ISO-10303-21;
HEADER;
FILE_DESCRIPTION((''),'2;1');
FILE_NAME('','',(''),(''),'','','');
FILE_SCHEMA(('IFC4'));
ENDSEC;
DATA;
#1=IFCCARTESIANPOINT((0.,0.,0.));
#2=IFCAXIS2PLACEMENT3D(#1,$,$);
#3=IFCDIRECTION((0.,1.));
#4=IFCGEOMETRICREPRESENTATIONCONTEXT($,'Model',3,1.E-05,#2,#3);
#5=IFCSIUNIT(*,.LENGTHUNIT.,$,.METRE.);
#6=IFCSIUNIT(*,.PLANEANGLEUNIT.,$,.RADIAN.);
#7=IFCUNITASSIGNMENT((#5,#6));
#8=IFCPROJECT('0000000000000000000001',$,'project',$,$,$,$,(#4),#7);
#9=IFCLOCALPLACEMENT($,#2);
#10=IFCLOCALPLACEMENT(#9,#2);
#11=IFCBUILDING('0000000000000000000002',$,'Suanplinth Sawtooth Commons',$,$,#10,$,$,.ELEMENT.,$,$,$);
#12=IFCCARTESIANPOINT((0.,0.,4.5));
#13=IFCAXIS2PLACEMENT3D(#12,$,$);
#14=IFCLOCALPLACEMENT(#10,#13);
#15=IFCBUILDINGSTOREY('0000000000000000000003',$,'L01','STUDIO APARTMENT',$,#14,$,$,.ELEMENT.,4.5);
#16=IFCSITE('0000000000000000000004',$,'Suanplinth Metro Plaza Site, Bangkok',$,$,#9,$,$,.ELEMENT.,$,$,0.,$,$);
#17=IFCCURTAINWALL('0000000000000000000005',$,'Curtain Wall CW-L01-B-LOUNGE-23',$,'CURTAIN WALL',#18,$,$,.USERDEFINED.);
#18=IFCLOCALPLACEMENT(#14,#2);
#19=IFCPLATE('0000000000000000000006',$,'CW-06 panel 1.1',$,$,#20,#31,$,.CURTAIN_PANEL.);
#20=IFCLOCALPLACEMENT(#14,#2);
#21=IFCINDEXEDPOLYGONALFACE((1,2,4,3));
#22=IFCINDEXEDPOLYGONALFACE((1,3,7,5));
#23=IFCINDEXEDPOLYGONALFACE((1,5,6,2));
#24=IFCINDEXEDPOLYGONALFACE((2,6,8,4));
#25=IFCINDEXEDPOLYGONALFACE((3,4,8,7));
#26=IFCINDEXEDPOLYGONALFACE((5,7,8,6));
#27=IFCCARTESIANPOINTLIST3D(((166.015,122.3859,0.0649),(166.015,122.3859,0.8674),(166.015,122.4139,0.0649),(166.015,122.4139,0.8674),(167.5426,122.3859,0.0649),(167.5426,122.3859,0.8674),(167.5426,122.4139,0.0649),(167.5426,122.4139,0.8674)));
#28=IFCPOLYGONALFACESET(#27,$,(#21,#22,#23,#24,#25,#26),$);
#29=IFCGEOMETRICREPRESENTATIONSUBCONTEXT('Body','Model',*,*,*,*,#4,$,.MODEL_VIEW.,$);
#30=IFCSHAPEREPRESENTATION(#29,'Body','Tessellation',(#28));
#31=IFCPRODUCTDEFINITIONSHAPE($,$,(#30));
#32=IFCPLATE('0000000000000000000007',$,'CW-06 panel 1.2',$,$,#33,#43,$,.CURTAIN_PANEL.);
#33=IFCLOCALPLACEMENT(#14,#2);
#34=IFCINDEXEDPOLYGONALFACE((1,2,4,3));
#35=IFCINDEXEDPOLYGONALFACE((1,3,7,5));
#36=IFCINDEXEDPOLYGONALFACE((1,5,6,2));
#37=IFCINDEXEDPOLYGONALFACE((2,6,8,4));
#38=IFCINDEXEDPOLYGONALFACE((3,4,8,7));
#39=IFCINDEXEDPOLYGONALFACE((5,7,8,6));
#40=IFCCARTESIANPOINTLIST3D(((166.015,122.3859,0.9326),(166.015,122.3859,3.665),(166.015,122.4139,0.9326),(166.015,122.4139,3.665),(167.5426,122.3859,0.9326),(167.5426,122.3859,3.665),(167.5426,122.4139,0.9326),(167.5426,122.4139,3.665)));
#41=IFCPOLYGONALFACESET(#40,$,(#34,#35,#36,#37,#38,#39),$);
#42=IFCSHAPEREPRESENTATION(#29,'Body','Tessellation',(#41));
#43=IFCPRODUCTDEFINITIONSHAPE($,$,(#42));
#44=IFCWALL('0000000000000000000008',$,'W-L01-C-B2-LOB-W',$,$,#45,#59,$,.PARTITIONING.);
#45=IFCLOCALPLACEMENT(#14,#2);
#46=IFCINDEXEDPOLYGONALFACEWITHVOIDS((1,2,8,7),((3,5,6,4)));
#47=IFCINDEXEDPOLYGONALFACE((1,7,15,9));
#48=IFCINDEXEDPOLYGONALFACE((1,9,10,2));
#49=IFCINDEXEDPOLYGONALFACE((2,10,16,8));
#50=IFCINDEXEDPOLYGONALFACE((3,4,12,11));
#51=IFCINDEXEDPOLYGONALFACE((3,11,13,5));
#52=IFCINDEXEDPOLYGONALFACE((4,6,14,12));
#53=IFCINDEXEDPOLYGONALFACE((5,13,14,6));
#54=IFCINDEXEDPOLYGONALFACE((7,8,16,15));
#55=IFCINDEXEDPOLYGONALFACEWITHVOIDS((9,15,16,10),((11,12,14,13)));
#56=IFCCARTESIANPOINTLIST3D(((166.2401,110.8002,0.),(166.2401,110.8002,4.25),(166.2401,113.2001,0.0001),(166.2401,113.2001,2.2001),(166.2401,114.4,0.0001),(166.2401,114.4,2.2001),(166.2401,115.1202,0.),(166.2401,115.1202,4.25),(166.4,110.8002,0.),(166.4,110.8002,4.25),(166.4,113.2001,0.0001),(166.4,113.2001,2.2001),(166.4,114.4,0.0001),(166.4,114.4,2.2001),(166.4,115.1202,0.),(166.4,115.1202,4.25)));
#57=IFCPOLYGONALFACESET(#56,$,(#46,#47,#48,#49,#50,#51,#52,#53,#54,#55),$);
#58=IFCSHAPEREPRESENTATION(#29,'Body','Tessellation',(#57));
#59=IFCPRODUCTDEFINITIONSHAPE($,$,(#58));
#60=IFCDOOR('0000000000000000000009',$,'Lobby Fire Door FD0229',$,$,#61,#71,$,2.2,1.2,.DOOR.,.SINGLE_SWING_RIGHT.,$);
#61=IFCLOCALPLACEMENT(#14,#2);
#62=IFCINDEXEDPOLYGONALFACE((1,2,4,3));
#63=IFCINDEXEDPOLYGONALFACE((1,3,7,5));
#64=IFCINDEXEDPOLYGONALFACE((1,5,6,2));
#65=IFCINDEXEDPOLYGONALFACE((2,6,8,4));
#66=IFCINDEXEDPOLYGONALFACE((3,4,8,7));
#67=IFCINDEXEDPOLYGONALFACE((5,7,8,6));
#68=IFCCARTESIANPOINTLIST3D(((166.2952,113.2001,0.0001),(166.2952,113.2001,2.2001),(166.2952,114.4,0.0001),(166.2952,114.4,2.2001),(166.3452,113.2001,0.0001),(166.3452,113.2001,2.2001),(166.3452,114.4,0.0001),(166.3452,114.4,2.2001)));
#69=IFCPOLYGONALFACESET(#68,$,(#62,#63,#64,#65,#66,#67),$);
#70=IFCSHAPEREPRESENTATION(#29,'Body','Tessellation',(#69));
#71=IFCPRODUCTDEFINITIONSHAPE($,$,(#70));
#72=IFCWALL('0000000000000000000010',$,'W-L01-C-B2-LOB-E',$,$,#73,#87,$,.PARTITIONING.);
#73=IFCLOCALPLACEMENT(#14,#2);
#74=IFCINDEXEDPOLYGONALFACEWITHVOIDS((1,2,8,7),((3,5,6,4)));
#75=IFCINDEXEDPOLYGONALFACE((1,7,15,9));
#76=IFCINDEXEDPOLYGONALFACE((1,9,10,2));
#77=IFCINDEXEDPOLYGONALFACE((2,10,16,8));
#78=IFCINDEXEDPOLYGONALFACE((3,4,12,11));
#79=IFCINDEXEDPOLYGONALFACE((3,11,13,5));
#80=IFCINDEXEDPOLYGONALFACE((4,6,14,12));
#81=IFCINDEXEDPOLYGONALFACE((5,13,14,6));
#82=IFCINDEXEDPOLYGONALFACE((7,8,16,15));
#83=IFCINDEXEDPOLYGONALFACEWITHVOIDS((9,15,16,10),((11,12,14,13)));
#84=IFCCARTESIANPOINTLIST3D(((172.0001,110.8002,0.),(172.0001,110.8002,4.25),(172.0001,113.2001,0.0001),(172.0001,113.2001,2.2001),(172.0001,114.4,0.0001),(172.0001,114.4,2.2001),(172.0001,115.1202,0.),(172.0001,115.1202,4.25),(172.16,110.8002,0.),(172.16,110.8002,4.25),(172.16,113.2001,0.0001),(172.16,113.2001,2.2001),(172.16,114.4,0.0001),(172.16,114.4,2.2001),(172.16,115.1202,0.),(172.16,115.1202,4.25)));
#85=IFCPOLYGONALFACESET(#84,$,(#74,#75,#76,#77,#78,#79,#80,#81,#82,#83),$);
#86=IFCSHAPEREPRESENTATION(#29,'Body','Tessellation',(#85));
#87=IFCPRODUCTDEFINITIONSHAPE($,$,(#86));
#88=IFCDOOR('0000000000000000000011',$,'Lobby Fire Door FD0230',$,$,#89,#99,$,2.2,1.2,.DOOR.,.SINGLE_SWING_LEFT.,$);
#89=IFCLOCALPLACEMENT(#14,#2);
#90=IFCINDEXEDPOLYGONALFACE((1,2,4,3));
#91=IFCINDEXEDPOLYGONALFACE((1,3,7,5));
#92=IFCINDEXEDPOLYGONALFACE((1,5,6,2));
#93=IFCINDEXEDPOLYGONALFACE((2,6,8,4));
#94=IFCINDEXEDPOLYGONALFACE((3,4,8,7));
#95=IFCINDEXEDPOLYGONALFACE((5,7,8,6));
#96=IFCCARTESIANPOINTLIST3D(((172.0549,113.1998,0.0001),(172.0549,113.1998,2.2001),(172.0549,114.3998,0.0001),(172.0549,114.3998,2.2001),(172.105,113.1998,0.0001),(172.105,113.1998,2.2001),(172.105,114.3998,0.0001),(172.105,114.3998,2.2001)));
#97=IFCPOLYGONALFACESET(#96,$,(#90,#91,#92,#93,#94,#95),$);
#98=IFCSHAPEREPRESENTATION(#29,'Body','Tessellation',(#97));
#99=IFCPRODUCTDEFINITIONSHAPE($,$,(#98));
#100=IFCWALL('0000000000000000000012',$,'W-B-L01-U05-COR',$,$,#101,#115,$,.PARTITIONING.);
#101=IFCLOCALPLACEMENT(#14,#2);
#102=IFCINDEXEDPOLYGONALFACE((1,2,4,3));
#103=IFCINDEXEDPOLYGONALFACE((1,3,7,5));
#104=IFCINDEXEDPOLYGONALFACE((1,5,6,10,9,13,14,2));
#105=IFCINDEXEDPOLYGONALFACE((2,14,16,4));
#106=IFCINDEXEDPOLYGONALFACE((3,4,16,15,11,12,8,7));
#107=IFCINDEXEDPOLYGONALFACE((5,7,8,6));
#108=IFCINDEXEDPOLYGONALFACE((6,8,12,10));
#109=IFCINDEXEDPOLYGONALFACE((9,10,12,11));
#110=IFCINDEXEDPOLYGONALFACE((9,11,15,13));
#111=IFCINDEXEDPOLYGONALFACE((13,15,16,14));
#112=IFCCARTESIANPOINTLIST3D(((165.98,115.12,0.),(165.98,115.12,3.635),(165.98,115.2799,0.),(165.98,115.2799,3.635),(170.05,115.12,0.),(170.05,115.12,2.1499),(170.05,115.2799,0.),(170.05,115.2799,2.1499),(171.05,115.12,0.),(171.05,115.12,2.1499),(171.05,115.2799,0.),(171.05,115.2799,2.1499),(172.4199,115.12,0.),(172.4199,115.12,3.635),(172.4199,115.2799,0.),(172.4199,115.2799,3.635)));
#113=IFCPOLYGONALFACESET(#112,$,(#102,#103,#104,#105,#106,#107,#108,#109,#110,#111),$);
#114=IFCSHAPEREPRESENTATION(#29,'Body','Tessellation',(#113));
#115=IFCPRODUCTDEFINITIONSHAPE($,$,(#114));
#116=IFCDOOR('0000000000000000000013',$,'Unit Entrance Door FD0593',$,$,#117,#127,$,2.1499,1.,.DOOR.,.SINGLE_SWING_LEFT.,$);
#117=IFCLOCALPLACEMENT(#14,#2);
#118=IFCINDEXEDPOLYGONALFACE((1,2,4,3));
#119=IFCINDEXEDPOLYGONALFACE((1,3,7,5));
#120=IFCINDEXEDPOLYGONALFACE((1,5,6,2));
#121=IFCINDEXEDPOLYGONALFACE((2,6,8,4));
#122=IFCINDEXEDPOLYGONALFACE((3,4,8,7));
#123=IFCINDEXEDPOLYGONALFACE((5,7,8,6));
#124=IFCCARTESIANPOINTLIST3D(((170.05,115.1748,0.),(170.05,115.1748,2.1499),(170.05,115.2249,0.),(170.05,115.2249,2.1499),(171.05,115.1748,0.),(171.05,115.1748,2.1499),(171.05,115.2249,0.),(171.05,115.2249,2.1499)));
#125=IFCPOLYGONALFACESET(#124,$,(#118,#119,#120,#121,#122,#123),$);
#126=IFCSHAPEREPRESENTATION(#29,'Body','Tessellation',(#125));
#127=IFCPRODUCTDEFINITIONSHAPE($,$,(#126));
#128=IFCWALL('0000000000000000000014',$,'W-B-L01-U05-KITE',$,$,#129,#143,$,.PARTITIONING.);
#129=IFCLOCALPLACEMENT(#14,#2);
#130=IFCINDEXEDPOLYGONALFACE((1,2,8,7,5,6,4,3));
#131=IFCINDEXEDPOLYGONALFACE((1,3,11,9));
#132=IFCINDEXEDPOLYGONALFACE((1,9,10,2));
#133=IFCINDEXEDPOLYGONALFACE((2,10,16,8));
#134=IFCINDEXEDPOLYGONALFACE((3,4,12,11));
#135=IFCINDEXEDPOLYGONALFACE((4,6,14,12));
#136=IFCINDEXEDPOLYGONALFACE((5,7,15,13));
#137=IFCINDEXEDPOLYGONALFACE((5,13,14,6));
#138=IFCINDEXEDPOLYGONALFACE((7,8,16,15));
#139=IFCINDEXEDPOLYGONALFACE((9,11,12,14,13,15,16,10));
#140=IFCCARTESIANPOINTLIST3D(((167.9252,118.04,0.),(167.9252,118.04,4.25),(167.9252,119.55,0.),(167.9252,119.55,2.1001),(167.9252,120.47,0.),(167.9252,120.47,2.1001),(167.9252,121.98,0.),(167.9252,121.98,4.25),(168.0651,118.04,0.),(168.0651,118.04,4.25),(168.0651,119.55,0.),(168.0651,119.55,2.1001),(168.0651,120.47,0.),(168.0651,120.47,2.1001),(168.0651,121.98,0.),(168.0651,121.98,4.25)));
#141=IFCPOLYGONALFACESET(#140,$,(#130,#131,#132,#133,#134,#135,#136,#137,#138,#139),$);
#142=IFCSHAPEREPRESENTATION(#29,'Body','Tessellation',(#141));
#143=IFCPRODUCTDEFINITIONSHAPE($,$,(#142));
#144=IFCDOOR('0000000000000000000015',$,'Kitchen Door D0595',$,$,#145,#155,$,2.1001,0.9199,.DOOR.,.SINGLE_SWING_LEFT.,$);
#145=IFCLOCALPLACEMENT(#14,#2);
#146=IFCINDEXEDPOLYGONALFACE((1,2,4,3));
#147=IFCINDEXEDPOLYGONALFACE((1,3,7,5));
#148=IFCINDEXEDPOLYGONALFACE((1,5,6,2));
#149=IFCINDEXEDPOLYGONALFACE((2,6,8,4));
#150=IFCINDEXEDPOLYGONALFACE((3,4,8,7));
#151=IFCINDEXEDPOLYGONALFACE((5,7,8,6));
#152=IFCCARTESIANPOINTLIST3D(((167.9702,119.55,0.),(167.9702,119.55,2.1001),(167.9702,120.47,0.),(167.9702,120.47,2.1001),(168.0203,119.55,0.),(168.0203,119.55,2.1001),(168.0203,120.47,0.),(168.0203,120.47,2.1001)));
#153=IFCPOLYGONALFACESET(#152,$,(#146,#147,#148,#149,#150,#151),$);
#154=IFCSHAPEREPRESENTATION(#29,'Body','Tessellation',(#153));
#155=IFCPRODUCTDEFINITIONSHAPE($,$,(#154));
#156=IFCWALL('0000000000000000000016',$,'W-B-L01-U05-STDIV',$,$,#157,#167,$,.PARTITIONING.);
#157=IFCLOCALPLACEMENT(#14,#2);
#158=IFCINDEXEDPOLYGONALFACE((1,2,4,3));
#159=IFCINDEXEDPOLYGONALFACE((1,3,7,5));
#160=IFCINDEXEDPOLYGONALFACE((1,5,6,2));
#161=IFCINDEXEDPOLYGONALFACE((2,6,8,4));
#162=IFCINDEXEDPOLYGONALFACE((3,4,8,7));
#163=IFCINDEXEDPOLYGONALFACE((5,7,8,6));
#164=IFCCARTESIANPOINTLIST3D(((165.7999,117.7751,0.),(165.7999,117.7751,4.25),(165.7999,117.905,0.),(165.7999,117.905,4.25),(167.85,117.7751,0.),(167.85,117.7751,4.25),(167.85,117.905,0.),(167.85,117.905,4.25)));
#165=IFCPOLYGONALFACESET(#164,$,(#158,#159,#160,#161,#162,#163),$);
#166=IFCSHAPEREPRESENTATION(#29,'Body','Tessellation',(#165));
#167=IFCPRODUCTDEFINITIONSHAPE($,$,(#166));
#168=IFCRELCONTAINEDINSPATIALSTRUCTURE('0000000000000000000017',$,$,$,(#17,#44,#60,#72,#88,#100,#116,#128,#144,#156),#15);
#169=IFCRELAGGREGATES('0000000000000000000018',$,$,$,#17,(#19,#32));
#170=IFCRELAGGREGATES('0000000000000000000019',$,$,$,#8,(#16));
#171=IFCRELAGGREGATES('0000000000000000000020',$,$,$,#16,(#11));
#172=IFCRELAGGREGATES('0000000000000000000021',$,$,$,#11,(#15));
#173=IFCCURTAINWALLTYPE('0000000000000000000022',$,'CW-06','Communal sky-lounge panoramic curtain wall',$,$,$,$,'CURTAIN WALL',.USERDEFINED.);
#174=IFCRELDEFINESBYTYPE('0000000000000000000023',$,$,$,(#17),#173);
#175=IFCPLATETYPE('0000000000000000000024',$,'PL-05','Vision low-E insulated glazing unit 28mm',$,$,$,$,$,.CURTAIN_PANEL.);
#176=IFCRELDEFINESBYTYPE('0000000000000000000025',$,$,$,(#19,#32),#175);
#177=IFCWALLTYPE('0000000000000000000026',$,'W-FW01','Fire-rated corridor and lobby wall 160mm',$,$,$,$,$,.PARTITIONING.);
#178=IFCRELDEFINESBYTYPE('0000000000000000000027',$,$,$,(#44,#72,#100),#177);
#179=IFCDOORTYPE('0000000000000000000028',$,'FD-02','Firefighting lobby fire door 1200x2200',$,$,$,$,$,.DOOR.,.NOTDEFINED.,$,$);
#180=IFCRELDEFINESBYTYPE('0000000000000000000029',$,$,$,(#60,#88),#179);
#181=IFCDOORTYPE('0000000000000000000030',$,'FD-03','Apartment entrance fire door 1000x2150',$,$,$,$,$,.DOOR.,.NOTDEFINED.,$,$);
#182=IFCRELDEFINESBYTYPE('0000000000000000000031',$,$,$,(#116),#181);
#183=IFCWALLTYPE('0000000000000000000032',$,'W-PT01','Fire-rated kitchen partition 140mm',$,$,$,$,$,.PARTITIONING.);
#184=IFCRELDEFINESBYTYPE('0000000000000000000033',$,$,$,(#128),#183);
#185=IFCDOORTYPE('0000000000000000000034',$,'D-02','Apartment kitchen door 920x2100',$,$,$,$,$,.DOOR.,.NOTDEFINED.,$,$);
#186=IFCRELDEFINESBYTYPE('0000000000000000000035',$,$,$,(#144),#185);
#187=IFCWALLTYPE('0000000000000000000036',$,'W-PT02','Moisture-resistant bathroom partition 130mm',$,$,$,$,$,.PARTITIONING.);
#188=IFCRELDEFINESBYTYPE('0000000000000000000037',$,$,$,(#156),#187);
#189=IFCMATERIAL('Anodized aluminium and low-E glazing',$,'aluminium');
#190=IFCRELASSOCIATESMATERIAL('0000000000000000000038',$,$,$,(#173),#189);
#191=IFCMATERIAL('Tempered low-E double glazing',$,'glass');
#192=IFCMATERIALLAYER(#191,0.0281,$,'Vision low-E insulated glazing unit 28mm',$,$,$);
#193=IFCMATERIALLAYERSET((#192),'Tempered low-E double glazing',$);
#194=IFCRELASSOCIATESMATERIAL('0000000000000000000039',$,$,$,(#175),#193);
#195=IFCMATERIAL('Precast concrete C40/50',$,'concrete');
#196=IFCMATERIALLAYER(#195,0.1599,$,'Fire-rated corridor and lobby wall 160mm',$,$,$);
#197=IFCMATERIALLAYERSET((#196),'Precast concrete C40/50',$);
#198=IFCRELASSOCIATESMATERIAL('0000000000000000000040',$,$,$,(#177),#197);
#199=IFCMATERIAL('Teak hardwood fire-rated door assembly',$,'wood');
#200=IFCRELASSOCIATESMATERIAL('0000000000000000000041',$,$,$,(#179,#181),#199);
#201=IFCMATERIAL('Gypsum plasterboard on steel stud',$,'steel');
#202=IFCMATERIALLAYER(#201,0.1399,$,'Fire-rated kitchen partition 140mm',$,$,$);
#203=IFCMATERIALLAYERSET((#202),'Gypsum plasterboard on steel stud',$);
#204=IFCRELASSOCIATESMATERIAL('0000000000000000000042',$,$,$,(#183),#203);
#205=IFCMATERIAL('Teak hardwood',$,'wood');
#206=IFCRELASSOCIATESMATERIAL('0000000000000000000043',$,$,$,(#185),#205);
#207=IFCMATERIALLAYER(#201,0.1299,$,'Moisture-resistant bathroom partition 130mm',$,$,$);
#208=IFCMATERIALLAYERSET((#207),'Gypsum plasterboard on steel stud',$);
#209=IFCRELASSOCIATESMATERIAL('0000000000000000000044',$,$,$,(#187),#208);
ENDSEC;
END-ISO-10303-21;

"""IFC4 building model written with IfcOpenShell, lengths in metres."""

from ifc_helpers import new_model, si_unit, direction, frame, frame_2d, origin, origin_2d, place, context, subcontext, project, spatial, rectangle, extrude, material, layer, layer_set, type_object, element, fill, aggregate, save


model = new_model("IFC4")

# Units and contexts
model_context = context("Model", 3, precision=1e-05, world=origin(), true_north=direction((0.0, 1.0)))
body_context = subcontext(model_context, "Body", "Model", "MODEL_VIEW")
ifc_project = project(units=[si_unit("LENGTHUNIT", "METRE"), si_unit("PLANEANGLEUNIT", "RADIAN")], contexts=[model_context])

# Site, building, storey
site_placement = place(None, origin())
site = spatial("IfcSite", under=ifc_project, at=site_placement, Name="Suanplinth Metro Plaza Site, Bangkok", CompositionType="ELEMENT", RefElevation=0.0)
building_placement = place(site_placement, origin())
building = spatial("IfcBuilding", under=site, at=building_placement, Name="Suanplinth Sawtooth Commons", CompositionType="ELEMENT")
storey_placement = place(building_placement, frame((0.0, 0.0, 4.5)))
storey = spatial("IfcBuildingStorey", under=building, at=storey_placement, Name="L01", Description="STUDIO APARTMENT", CompositionType="ELEMENT", Elevation=4.5)

# Shared definitions
ifc_material_1 = material(Name="Precast concrete C40/50", Category="concrete")

# Curtain wall, plates
ifc_material_2 = material(Name="Anodized aluminium and low-E glazing", Category="aluminium")
curtain_wall_type = type_object("IfcCurtainWallType", Name="CW-06", Description="Communal sky-lounge panoramic curtain wall", ElementType="CURTAIN WALL", PredefinedType="USERDEFINED", material=ifc_material_2)
curtain_wall_placement = place(storey_placement, origin())
curtain_wall = element("IfcCurtainWall", 1, at=curtain_wall_placement, inside=storey, type_object=curtain_wall_type, Name="Curtain Wall CW-L01-B-LOUNGE-23", ObjectType="CURTAIN WALL", PredefinedType="USERDEFINED")
ifc_material_3 = material(Name="Tempered low-E double glazing", Category="glass")
ifc_layer_1 = layer(ifc_material_3, 0.0281, Name="Vision low-E insulated glazing unit 28mm")
ifc_layer_set_1 = layer_set([ifc_layer_1], Name="Tempered low-E double glazing")
plate_type = type_object("IfcPlateType", Name="PL-05", Description="Vision low-E insulated glazing unit 28mm", PredefinedType="CURTAIN_PANEL", material=ifc_layer_set_1)
plate_1_placement = place(storey_placement, frame((166.7788, 122.3999, 0.0649), z_axis=(0.0, 0.0, 1.0), x_axis=(1.0, 0.0, 0.0)))
plate_1 = element("IfcPlate", 2, at=plate_1_placement, type_object=plate_type, Name="CW-06 panel 1.1", PredefinedType="CURTAIN_PANEL", context=body_context, shape_type="SweptSolid", body=[
    extrude(rectangle(XDim=1.5276, YDim=0.0281, at=origin_2d()), origin(), (0.0, 0.0, 1.0), 0.8025),
])
plate_2_placement = place(storey_placement, frame((166.7788, 122.3999, 0.9326), z_axis=(0.0, 0.0, 1.0), x_axis=(1.0, 0.0, 0.0)))
plate_2 = element("IfcPlate", 3, at=plate_2_placement, type_object=plate_type, Name="CW-06 panel 1.2", PredefinedType="CURTAIN_PANEL", context=body_context, shape_type="SweptSolid", body=[
    extrude(rectangle(XDim=1.5276, YDim=0.0281, at=origin_2d()), origin(), (0.0, 0.0, 1.0), 2.7324),
])
aggregate(curtain_wall, [plate_1, plate_2])

# Walls, openings, doors
ifc_layer_2 = layer(ifc_material_1, 0.1599, Name="Fire-rated corridor and lobby wall 160mm")
ifc_layer_set_2 = layer_set([ifc_layer_2], Name="Precast concrete C40/50")
wall_type_1 = type_object("IfcWallType", Name="W-FW01", Description="Fire-rated corridor and lobby wall 160mm", PredefinedType="PARTITIONING", material=ifc_layer_set_2)
wall_1_placement = place(storey_placement, frame((166.3201, 110.8, 0.0), z_axis=(0.0, 0.0, 1.0), x_axis=(0.0, 1.0, 0.0)))
wall_1 = element("IfcWall", 4, at=wall_1_placement, inside=storey, type_object=wall_type_1, Name="W-L01-C-B2-LOB-W", PredefinedType="PARTITIONING", context=body_context, shape_type="SweptSolid", body=[
    extrude(rectangle(XDim=4.3201, YDim=0.1599, at=frame_2d((2.1602, 0.0))), origin(), (0.0, 0.0, 1.0), 4.25),
])
opening_1_placement = place(wall_1_placement, frame((2.3999, 0.0, 0.0)))
opening_1 = element("IfcOpeningElement", 5, at=opening_1_placement, cuts=wall_1, PredefinedType="OPENING", context=body_context, shape_type="SweptSolid", body=[
    extrude(rectangle(XDim=1.2, YDim=2.2, at=frame_2d((0.6001, 1.1001))), frame((0.0, 0.0947, 0.0), z_axis=(0.0, -1.0, 0.0), x_axis=(1.0, 0.0, 0.0)), (0.0, 0.0, 1.0), 0.1897),
])
ifc_material_4 = material(Name="Teak hardwood fire-rated door assembly", Category="wood")
door_type_1 = type_object("IfcDoorType", Name="FD-02", Description="Firefighting lobby fire door 1200x2200", OperationType="NOTDEFINED", PredefinedType="DOOR", material=ifc_material_4)
door_1_placement = place(opening_1_placement, origin())
door_1 = element("IfcDoor", 6, at=door_1_placement, inside=storey, type_object=door_type_1, Name="Lobby Fire Door FD0229", OperationType="SINGLE_SWING_RIGHT", OverallHeight=2.2, OverallWidth=1.2, PredefinedType="DOOR", context=body_context, shape_type="SweptSolid", body=[
    extrude(rectangle(XDim=1.2, YDim=2.2, at=frame_2d((0.6001, 1.1001))), frame((0.0, 0.0249, 0.0), z_axis=(0.0, -1.0, 0.0), x_axis=(1.0, 0.0, 0.0)), (0.0, 0.0, 1.0), 0.05),
])
fill(opening_1, door_1)
wall_2_placement = place(storey_placement, frame((172.0801, 110.8, 0.0), z_axis=(0.0, 0.0, 1.0), x_axis=(0.0, 1.0, 0.0)))
wall_2 = element("IfcWall", 7, at=wall_2_placement, inside=storey, type_object=wall_type_1, Name="W-L01-C-B2-LOB-E", PredefinedType="PARTITIONING", context=body_context, shape_type="SweptSolid", body=[
    extrude(rectangle(XDim=4.3201, YDim=0.1599, at=frame_2d((2.1602, 0.0))), origin(), (0.0, 0.0, 1.0), 4.25),
])
opening_2_placement = place(wall_2_placement, frame((2.3999, 0.0, 0.0)))
opening_2 = element("IfcOpeningElement", 8, at=opening_2_placement, cuts=wall_2, PredefinedType="OPENING", context=body_context, shape_type="SweptSolid", body=[
    extrude(rectangle(XDim=1.2, YDim=2.2, at=frame_2d((0.6001, 1.1001))), frame((0.0, 0.0947, 0.0), z_axis=(0.0, -1.0, 0.0), x_axis=(1.0, 0.0, 0.0)), (0.0, 0.0, 1.0), 0.1897),
])
door_2_placement = place(opening_2_placement, frame((1.2, 0.0, 0.0), z_axis=(0.0, 0.0, 1.0), x_axis=(-1.0, 0.0, 0.0)))
door_2 = element("IfcDoor", 9, at=door_2_placement, inside=storey, type_object=door_type_1, Name="Lobby Fire Door FD0230", OperationType="SINGLE_SWING_LEFT", OverallHeight=2.2, OverallWidth=1.2, PredefinedType="DOOR", context=body_context, shape_type="SweptSolid", body=[
    extrude(rectangle(XDim=1.2, YDim=2.2, at=frame_2d((0.6001, 1.1001))), frame((0.0, 0.0249, 0.0), z_axis=(0.0, -1.0, 0.0), x_axis=(1.0, 0.0, 0.0)), (0.0, 0.0, 1.0), 0.05),
])
fill(opening_2, door_2)
wall_3_placement = place(storey_placement, frame((165.98, 115.2, 0.0), z_axis=(0.0, 0.0, 1.0), x_axis=(1.0, 0.0, 0.0)))
wall_3 = element("IfcWall", 10, at=wall_3_placement, inside=storey, type_object=wall_type_1, Name="W-B-L01-U05-COR", PredefinedType="PARTITIONING", context=body_context, shape_type="SweptSolid", body=[
    extrude(rectangle(XDim=6.4399, YDim=0.1599, at=frame_2d((3.22, 0.0))), origin(), (0.0, 0.0, 1.0), 3.635),
])
opening_3_placement = place(wall_3_placement, frame((4.0701, 0.0, 0.0)))
opening_3 = element("IfcOpeningElement", 11, at=opening_3_placement, cuts=wall_3, PredefinedType="OPENING", context=body_context, shape_type="SweptSolid", body=[
    extrude(rectangle(XDim=1.0, YDim=2.1499, at=frame_2d((0.5, 1.075))), frame((0.0, 0.0947, 0.0), z_axis=(0.0, -1.0, 0.0), x_axis=(1.0, 0.0, 0.0)), (0.0, 0.0, 1.0), 0.1897),
])
door_type_2 = type_object("IfcDoorType", Name="FD-03", Description="Apartment entrance fire door 1000x2150", OperationType="NOTDEFINED", PredefinedType="DOOR", material=ifc_material_4)
door_3_placement = place(opening_3_placement, origin())
door_3 = element("IfcDoor", 12, at=door_3_placement, inside=storey, type_object=door_type_2, Name="Unit Entrance Door FD0593", OperationType="SINGLE_SWING_LEFT", OverallHeight=2.1499, OverallWidth=1.0, PredefinedType="DOOR", context=body_context, shape_type="SweptSolid", body=[
    extrude(rectangle(XDim=1.0, YDim=2.1499, at=frame_2d((0.5, 1.075))), frame((0.0, 0.0249, 0.0), z_axis=(0.0, -1.0, 0.0), x_axis=(1.0, 0.0, 0.0)), (0.0, 0.0, 1.0), 0.05),
])
fill(opening_3, door_3)
ifc_material_5 = material(Name="Gypsum plasterboard on steel stud", Category="steel")
ifc_layer_3 = layer(ifc_material_5, 0.1399, Name="Fire-rated kitchen partition 140mm")
ifc_layer_set_3 = layer_set([ifc_layer_3], Name="Gypsum plasterboard on steel stud")
wall_type_2 = type_object("IfcWallType", Name="W-PT01", Description="Fire-rated kitchen partition 140mm", PredefinedType="PARTITIONING", material=ifc_layer_set_3)
wall_4_placement = place(storey_placement, frame((167.9951, 118.04, 0.0), z_axis=(0.0, 0.0, 1.0), x_axis=(0.0, 1.0, 0.0)))
wall_4 = element("IfcWall", 13, at=wall_4_placement, inside=storey, type_object=wall_type_2, Name="W-B-L01-U05-KITE", PredefinedType="PARTITIONING", context=body_context, shape_type="SweptSolid", body=[
    extrude(rectangle(XDim=3.9399, YDim=0.1399, at=frame_2d((1.97, 0.0))), origin(), (0.0, 0.0, 1.0), 4.25),
])
opening_4_placement = place(wall_4_placement, frame((1.51, 0.0, 0.0)))
opening_4 = element("IfcOpeningElement", 14, at=opening_4_placement, cuts=wall_4, PredefinedType="OPENING", context=body_context, shape_type="SweptSolid", body=[
    extrude(rectangle(XDim=0.9199, YDim=2.1001, at=frame_2d((0.46, 1.05))), frame((0.0, 0.085, 0.0), z_axis=(0.0, -1.0, 0.0), x_axis=(1.0, 0.0, 0.0)), (0.0, 0.0, 1.0), 0.1697),
])
ifc_material_6 = material(Name="Teak hardwood", Category="wood")
door_type_3 = type_object("IfcDoorType", Name="D-02", Description="Apartment kitchen door 920x2100", OperationType="NOTDEFINED", PredefinedType="DOOR", material=ifc_material_6)
door_4_placement = place(opening_4_placement, origin())
door_4 = element("IfcDoor", 15, at=door_4_placement, inside=storey, type_object=door_type_3, Name="Kitchen Door D0595", OperationType="SINGLE_SWING_LEFT", OverallHeight=2.1001, OverallWidth=0.9199, PredefinedType="DOOR", context=body_context, shape_type="SweptSolid", body=[
    extrude(rectangle(XDim=0.9199, YDim=2.1001, at=frame_2d((0.46, 1.05))), frame((0.0, 0.0249, 0.0), z_axis=(0.0, -1.0, 0.0), x_axis=(1.0, 0.0, 0.0)), (0.0, 0.0, 1.0), 0.05),
])
fill(opening_4, door_4)

# Wall
ifc_layer_4 = layer(ifc_material_5, 0.1299, Name="Moisture-resistant bathroom partition 130mm")
ifc_layer_set_4 = layer_set([ifc_layer_4], Name="Gypsum plasterboard on steel stud")
wall_type_3 = type_object("IfcWallType", Name="W-PT02", Description="Moisture-resistant bathroom partition 130mm", PredefinedType="PARTITIONING", material=ifc_layer_set_4)
wall_5_placement = place(storey_placement, frame((165.8, 117.8401, 0.0), z_axis=(0.0, 0.0, 1.0), x_axis=(1.0, 0.0, 0.0)))
element("IfcWall", 16, at=wall_5_placement, inside=storey, type_object=wall_type_3, Name="W-B-L01-U05-STDIV", PredefinedType="PARTITIONING", context=body_context, shape_type="SweptSolid", body=[
    extrude(rectangle(XDim=2.05, YDim=0.1299, at=frame_2d((1.0249, 0.0))), origin(), (0.0, 0.0, 1.0), 4.25),
])

save(model, "model.ifc")
